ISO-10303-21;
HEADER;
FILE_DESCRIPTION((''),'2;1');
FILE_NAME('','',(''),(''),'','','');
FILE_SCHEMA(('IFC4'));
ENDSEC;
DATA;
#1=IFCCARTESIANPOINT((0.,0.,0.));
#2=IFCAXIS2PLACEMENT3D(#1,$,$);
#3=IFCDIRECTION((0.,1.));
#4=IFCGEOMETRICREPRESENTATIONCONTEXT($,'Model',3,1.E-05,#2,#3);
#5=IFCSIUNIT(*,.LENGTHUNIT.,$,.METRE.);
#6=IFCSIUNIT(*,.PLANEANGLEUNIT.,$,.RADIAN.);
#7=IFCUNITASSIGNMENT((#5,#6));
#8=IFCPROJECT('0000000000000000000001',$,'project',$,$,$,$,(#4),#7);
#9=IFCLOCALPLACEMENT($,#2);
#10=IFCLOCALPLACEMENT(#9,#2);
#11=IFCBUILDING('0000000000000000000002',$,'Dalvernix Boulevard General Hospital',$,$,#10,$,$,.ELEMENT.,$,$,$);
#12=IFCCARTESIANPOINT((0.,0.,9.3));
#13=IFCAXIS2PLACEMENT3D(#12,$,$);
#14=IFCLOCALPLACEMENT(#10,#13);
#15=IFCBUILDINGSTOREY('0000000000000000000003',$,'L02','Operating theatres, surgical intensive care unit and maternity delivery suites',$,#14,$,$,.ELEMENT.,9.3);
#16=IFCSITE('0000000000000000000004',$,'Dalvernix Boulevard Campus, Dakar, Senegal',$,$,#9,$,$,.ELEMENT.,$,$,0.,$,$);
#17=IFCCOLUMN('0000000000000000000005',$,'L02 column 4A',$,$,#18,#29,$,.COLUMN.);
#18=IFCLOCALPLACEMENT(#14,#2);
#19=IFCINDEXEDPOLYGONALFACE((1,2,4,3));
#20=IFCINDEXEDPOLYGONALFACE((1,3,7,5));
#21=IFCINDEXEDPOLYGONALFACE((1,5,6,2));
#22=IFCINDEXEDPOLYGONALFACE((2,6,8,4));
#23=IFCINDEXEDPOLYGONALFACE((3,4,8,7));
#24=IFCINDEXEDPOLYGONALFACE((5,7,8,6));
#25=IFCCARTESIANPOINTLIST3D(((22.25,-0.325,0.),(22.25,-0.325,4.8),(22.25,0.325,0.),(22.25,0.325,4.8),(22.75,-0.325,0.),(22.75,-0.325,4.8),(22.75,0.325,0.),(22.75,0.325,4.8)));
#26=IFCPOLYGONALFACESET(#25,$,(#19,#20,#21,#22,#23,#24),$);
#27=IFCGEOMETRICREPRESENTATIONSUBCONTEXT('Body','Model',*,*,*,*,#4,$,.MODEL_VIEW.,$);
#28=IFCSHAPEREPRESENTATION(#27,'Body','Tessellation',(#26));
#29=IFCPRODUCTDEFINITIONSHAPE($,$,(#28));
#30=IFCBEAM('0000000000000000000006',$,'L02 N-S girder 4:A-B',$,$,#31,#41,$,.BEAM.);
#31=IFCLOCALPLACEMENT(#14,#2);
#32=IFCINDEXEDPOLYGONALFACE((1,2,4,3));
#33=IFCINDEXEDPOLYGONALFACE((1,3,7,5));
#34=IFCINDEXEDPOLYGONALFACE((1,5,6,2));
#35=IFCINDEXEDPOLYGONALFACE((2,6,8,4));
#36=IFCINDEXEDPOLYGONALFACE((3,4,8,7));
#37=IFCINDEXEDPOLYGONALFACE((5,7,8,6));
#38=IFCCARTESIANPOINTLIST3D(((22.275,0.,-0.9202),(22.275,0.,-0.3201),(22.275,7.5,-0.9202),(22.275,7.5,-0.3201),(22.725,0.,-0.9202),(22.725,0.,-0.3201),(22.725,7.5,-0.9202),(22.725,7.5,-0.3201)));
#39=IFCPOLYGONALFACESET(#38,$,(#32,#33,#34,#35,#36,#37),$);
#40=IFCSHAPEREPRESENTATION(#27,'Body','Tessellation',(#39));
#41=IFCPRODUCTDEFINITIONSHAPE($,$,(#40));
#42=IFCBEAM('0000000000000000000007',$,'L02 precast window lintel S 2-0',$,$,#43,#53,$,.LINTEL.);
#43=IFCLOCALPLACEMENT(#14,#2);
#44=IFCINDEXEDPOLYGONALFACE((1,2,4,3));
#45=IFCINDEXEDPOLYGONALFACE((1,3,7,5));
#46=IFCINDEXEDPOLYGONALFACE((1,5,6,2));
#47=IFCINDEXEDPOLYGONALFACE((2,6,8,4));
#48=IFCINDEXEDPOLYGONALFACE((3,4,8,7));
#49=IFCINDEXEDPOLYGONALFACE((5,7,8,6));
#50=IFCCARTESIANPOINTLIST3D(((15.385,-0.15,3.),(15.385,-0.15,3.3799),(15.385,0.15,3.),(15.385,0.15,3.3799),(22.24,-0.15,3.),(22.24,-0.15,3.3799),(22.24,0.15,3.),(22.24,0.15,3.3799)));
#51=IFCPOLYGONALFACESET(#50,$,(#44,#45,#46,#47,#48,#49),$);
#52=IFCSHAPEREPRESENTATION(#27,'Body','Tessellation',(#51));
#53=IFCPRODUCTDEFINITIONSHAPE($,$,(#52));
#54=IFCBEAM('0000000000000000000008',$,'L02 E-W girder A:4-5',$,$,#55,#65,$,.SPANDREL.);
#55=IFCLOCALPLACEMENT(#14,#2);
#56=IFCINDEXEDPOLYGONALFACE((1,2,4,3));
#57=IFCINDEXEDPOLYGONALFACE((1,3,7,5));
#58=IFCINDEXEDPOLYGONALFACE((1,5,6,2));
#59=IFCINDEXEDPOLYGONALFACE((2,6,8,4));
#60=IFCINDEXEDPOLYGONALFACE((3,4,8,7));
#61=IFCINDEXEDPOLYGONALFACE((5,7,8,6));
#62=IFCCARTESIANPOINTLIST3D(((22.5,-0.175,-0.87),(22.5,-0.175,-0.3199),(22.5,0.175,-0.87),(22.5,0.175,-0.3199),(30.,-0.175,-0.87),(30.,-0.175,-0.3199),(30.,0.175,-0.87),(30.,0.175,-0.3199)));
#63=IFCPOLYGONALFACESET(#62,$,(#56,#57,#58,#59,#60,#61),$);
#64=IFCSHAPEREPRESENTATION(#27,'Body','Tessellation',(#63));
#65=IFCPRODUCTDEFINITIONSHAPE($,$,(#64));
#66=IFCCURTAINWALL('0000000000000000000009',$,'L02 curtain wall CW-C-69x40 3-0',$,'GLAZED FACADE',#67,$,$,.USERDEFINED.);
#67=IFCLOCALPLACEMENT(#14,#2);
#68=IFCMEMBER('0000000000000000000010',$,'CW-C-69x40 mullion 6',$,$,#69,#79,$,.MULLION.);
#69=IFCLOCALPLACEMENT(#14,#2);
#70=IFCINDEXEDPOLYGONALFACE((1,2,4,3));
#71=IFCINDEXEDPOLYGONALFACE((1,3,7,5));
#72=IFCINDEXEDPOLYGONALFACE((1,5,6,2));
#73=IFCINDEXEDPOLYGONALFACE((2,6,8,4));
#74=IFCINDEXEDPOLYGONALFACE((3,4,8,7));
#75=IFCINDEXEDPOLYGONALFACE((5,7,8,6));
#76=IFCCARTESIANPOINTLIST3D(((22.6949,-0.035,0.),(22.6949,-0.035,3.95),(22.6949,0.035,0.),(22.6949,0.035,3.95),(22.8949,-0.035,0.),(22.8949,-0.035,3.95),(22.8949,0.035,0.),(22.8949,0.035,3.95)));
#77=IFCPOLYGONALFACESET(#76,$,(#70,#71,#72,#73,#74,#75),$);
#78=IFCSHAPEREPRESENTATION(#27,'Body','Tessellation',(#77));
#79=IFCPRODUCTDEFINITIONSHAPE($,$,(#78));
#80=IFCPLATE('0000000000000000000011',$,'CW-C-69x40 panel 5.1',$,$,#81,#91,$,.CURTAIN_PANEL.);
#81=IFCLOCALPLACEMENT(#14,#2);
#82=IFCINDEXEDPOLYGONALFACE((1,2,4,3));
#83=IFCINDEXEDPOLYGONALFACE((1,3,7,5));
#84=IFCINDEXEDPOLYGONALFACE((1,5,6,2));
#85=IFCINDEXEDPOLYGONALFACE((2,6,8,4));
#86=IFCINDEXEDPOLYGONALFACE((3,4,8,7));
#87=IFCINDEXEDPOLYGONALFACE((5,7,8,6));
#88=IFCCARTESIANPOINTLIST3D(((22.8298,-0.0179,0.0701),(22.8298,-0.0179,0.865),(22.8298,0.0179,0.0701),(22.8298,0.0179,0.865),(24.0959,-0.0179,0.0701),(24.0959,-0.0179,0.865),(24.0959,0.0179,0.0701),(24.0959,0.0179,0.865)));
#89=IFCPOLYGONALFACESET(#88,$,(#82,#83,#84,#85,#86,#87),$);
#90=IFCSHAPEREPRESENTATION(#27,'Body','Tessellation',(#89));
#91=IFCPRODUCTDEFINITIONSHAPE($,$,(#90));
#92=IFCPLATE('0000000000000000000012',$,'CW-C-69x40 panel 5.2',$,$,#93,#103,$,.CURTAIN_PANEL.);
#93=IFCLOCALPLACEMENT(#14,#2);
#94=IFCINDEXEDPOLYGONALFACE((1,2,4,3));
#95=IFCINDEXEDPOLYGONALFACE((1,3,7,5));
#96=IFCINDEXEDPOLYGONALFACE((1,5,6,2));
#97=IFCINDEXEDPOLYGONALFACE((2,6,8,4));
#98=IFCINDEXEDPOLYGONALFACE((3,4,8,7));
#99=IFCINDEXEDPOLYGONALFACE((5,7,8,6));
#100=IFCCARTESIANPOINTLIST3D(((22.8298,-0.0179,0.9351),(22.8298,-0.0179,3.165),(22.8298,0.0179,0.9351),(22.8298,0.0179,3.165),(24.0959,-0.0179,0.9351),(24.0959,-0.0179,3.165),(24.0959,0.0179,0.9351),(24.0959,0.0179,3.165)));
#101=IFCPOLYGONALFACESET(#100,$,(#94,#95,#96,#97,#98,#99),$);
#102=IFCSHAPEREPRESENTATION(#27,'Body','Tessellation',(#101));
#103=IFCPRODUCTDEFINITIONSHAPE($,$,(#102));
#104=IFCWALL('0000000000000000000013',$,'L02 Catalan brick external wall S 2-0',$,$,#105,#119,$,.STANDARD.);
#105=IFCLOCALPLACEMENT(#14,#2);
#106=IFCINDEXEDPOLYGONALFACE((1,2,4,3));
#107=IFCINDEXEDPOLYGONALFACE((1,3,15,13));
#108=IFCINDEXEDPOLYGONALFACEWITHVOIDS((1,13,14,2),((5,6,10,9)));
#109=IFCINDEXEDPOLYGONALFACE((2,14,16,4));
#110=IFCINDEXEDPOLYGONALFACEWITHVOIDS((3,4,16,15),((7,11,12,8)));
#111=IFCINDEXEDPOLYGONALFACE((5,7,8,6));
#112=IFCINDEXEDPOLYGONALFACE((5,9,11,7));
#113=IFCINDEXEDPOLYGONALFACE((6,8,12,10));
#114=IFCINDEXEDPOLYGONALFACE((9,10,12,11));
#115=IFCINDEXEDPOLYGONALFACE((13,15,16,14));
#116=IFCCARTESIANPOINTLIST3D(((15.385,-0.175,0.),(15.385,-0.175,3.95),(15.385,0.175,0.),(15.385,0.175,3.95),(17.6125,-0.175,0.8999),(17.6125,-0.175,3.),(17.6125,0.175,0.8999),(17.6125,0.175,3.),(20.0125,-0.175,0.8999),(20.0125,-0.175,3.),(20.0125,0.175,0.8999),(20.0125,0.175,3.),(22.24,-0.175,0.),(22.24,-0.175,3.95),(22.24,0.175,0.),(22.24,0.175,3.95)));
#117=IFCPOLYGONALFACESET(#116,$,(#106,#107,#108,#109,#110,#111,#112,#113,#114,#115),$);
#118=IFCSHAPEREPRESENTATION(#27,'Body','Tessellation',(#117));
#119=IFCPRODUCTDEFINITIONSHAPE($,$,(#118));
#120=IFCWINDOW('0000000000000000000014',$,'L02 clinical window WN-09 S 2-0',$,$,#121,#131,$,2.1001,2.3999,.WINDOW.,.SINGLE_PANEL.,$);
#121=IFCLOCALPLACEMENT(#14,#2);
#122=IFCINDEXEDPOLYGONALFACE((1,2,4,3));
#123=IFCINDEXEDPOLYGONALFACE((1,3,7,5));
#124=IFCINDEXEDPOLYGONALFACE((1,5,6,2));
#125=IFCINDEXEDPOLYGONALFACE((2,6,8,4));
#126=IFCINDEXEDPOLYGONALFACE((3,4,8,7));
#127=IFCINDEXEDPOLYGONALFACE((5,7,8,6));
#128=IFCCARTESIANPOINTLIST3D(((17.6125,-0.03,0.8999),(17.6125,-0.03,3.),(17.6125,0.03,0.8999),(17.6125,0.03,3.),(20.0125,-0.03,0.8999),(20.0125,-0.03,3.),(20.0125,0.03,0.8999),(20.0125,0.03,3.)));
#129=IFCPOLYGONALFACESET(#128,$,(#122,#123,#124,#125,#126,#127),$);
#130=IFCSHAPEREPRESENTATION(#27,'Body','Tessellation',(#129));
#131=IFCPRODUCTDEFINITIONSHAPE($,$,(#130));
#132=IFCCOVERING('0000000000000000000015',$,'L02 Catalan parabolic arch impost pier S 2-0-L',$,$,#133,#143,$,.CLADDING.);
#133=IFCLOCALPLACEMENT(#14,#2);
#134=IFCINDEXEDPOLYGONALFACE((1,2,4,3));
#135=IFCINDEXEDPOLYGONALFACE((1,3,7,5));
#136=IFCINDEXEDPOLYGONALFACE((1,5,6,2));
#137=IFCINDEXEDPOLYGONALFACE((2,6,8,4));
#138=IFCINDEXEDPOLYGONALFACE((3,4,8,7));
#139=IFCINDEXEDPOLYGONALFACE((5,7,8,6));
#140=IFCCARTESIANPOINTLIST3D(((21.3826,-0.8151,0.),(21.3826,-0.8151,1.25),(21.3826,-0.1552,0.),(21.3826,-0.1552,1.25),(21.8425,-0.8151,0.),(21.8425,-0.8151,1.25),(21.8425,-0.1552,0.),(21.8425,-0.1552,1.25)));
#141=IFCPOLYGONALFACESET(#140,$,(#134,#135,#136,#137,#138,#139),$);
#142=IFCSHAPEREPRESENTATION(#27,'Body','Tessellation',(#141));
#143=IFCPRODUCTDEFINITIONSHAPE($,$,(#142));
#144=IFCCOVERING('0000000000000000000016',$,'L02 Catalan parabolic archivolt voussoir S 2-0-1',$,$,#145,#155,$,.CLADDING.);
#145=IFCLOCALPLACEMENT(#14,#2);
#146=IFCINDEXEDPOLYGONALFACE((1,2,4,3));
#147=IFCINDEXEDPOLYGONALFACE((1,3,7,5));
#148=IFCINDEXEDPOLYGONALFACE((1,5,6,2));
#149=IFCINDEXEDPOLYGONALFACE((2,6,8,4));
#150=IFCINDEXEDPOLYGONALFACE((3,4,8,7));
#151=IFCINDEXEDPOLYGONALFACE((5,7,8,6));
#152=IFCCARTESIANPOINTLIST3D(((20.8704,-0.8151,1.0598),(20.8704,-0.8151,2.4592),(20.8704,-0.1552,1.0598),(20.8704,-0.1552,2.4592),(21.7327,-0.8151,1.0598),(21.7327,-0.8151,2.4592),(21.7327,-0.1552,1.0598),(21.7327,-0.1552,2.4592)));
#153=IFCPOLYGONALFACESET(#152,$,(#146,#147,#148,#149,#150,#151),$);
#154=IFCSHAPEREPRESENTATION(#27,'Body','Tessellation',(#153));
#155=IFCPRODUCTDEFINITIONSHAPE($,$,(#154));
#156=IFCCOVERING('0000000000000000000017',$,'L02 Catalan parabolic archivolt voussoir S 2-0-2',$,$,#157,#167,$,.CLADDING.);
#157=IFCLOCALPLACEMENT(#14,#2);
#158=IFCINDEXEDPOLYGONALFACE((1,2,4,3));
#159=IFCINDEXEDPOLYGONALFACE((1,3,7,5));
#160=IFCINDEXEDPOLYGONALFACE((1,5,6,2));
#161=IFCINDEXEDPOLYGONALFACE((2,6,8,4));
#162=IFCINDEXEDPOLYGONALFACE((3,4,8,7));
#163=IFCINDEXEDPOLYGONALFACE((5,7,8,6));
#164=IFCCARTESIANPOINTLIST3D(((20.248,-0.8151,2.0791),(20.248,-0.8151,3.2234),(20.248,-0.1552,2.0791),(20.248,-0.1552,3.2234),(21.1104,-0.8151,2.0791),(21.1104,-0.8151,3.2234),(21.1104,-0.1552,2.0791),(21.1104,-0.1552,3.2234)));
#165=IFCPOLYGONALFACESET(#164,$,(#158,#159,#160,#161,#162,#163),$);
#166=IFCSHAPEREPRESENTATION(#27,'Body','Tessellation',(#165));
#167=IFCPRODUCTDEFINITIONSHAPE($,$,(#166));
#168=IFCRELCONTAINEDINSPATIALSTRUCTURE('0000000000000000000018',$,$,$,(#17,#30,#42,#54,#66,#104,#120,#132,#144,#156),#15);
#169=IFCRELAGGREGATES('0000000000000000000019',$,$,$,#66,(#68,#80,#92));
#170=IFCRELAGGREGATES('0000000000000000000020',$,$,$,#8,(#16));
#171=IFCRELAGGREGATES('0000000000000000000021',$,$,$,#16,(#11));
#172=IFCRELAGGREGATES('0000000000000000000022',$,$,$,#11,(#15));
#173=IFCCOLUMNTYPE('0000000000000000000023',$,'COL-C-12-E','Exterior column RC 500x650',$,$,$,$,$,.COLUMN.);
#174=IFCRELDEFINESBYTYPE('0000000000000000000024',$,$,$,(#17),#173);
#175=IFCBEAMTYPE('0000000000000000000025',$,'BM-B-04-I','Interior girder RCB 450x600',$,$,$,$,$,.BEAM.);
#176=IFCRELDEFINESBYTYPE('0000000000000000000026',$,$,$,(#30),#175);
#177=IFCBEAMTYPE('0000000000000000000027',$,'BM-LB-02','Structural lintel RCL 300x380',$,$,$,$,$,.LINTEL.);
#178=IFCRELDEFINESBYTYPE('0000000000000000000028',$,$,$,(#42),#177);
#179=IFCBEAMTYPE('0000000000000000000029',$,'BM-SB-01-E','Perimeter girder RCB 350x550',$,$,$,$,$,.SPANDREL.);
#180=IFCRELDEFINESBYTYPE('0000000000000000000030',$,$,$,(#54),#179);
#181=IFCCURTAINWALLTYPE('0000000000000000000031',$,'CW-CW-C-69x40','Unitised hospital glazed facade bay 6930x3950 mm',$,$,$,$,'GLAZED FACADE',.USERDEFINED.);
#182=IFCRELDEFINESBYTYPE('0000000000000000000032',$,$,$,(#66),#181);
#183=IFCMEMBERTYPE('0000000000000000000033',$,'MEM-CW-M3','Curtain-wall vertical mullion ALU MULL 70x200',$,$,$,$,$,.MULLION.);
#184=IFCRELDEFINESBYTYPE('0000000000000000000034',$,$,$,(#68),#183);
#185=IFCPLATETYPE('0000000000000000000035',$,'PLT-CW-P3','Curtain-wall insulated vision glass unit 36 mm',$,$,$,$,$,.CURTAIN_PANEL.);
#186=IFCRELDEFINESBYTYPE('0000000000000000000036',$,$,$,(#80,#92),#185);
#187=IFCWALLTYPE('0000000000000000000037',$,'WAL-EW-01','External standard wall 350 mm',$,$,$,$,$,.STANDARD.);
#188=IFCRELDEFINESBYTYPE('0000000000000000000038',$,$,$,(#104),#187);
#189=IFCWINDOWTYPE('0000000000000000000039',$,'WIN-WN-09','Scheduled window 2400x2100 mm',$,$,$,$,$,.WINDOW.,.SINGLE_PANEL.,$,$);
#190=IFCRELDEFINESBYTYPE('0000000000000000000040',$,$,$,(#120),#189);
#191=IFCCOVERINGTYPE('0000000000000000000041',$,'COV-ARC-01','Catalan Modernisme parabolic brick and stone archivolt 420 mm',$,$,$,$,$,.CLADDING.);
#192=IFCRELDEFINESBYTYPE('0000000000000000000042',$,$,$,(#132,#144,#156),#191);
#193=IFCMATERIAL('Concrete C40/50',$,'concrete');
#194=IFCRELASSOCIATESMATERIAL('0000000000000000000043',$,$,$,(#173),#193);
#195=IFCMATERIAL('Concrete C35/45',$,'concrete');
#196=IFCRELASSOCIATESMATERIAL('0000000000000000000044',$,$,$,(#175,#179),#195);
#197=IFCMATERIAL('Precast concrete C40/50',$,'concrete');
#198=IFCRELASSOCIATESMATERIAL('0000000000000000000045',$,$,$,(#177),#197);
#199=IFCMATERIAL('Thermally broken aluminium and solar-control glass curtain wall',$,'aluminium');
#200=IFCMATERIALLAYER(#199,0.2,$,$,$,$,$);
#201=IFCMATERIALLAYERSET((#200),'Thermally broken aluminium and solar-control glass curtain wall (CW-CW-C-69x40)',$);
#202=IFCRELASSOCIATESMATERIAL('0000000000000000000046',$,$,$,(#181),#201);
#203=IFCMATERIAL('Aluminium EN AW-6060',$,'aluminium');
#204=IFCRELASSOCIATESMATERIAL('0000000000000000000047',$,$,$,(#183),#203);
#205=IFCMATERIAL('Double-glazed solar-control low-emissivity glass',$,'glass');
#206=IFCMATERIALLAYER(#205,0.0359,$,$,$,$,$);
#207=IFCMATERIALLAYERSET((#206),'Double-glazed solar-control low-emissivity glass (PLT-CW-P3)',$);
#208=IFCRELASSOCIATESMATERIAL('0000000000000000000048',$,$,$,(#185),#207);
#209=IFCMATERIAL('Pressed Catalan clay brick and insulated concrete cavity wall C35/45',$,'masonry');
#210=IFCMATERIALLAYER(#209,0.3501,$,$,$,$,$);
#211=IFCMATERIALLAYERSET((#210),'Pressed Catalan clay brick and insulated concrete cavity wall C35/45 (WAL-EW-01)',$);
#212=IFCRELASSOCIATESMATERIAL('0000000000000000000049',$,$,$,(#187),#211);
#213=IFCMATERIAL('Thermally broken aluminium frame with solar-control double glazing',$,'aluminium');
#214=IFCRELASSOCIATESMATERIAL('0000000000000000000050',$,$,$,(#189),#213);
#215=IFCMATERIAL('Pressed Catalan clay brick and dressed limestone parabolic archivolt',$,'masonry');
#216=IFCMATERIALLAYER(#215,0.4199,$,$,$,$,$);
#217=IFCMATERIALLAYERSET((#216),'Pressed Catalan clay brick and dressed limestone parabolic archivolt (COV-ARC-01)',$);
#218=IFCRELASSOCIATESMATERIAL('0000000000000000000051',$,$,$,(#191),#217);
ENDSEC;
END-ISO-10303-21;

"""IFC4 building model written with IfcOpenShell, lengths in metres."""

from ifc_helpers import new_model, si_unit, direction, frame, frame_2d, origin, origin_2d, place, context, subcontext, project, spatial, rectangle, extrude, material, layer, layer_set, material_profile, profile_set, type_object, element, fill, aggregate, save


model = new_model("IFC4")

# Units and contexts
model_context = context("Model", 3, precision=1e-05, world=origin(), true_north=direction((0.0, 1.0)))
body_context = subcontext(model_context, "Body", "Model", "MODEL_VIEW")
ifc_project = project(units=[si_unit("LENGTHUNIT", "METRE"), si_unit("PLANEANGLEUNIT", "RADIAN")], contexts=[model_context])

# Site, building, storey
site_placement = place(None, origin())
site = spatial("IfcSite", under=ifc_project, at=site_placement, Name="Dalvernix Boulevard Campus, Dakar, Senegal", CompositionType="ELEMENT", RefElevation=0.0)
building_placement = place(site_placement, origin())
building = spatial("IfcBuilding", under=site, at=building_placement, Name="Dalvernix Boulevard General Hospital", CompositionType="ELEMENT")
storey_placement = place(building_placement, frame((0.0, 0.0, 9.3)))
storey = spatial("IfcBuildingStorey", under=building, at=storey_placement, Name="L02", Description="Operating theatres, surgical intensive care unit and maternity delivery suites", CompositionType="ELEMENT", Elevation=9.3)

# Column
ifc_material_1 = material(Name="Concrete C40/50", Category="concrete")
ifc_material_profile_1 = material_profile(ifc_material_1, rectangle(XDim=0.5, YDim=0.6499, at=origin_2d()), Name="RC 500x650")
ifc_profile_set_1 = profile_set([ifc_material_profile_1], Name="Concrete C40/50")
column_type = type_object("IfcColumnType", Name="COL-C-12-E", Description="Exterior column RC 500x650", PredefinedType="COLUMN", material=ifc_profile_set_1)
column_placement = place(storey_placement, frame((22.5, 0.0, 0.0), z_axis=(0.0, 0.0, 1.0), x_axis=(1.0, 0.0, 0.0)))
element("IfcColumn", 1, at=column_placement, inside=storey, type_object=column_type, Name="L02 column 4A", PredefinedType="COLUMN", context=body_context, shape_type="SweptSolid", body=[
    extrude(rectangle(XDim=0.5, YDim=0.6499, at=origin_2d()), origin(), (0.0, 0.0, 1.0), 4.8),
])

# Beams
ifc_material_2 = material(Name="Concrete C35/45", Category="concrete")
ifc_material_profile_2 = material_profile(ifc_material_2, rectangle(XDim=0.45, YDim=0.6001, at=origin_2d()), Name="RCB 450x600")
ifc_profile_set_2 = profile_set([ifc_material_profile_2], Name="Concrete C35/45")
beam_type_1 = type_object("IfcBeamType", Name="BM-B-04-I", Description="Interior girder RCB 450x600", PredefinedType="BEAM", material=ifc_profile_set_2)
beam_1_placement = place(storey_placement, frame((22.5, 0.0, -0.6201), z_axis=(0.0, 1.0, 0.0), x_axis=(-1.0, 0.0, 0.0)))
element("IfcBeam", 2, at=beam_1_placement, inside=storey, type_object=beam_type_1, Name="L02 N-S girder 4:A-B", PredefinedType="BEAM", context=body_context, shape_type="SweptSolid", body=[
    extrude(rectangle(XDim=0.45, YDim=0.6001, at=origin_2d()), origin(), (0.0, 0.0, 1.0), 7.5),
])
ifc_material_3 = material(Name="Precast concrete C40/50", Category="concrete")
ifc_material_profile_3 = material_profile(ifc_material_3, rectangle(XDim=0.3, YDim=0.3799, at=origin_2d()), Name="RCL 300x380")
ifc_profile_set_3 = profile_set([ifc_material_profile_3], Name="Precast concrete C40/50")
beam_type_2 = type_object("IfcBeamType", Name="BM-LB-02", Description="Structural lintel RCL 300x380", PredefinedType="LINTEL", material=ifc_profile_set_3)
beam_2_placement = place(storey_placement, frame((22.24, 0.0, 3.1899), z_axis=(-1.0, 0.0, 0.0), x_axis=(0.0, -1.0, 0.0)))
element("IfcBeam", 3, at=beam_2_placement, inside=storey, type_object=beam_type_2, Name="L02 precast window lintel S 2-0", PredefinedType="LINTEL", context=body_context, shape_type="SweptSolid", body=[
    extrude(rectangle(XDim=0.3, YDim=0.3799, at=origin_2d()), origin(), (0.0, 0.0, 1.0), 6.855),
])
ifc_material_profile_4 = material_profile(ifc_material_2, rectangle(XDim=0.3501, YDim=0.55, at=origin_2d()), Name="RCB 350x550")
ifc_profile_set_4 = profile_set([ifc_material_profile_4], Name="Concrete C35/45")
beam_type_3 = type_object("IfcBeamType", Name="BM-SB-01-E", Description="Perimeter girder RCB 350x550", PredefinedType="SPANDREL", material=ifc_profile_set_4)
beam_3_placement = place(storey_placement, frame((22.5, 0.0, -0.595), z_axis=(1.0, 0.0, 0.0), x_axis=(0.0, 1.0, 0.0)))
element("IfcBeam", 4, at=beam_3_placement, inside=storey, type_object=beam_type_3, Name="L02 E-W girder A:4-5", PredefinedType="SPANDREL", context=body_context, shape_type="SweptSolid", body=[
    extrude(rectangle(XDim=0.3501, YDim=0.55, at=origin_2d()), origin(), (0.0, 0.0, 1.0), 7.5),
])

# Curtain wall, member, plates
ifc_material_4 = material(Name="Thermally broken aluminium and solar-control glass curtain wall", Category="aluminium")
ifc_layer_1 = layer(ifc_material_4, 0.2)
ifc_layer_set_1 = layer_set([ifc_layer_1], Name="Thermally broken aluminium and solar-control glass curtain wall (CW-CW-C-69x40)")
curtain_wall_type = type_object("IfcCurtainWallType", Name="CW-CW-C-69x40", Description="Unitised hospital glazed facade bay 6930x3950 mm", ElementType="GLAZED FACADE", PredefinedType="USERDEFINED", material=ifc_layer_set_1)
curtain_wall_placement = place(storey_placement, origin())
curtain_wall = element("IfcCurtainWall", 5, at=curtain_wall_placement, inside=storey, type_object=curtain_wall_type, Name="L02 curtain wall CW-C-69x40 3-0", ObjectType="GLAZED FACADE", PredefinedType="USERDEFINED")
ifc_material_5 = material(Name="Aluminium EN AW-6060", Category="aluminium")
ifc_material_profile_5 = material_profile(ifc_material_5, rectangle(XDim=0.0701, YDim=0.2, at=origin_2d()), Name="ALU MULL 70x200")
ifc_profile_set_5 = profile_set([ifc_material_profile_5], Name="Aluminium EN AW-6060")
member_type = type_object("IfcMemberType", Name="MEM-CW-M3", Description="Curtain-wall vertical mullion ALU MULL 70x200", PredefinedType="MULLION", material=ifc_profile_set_5)
member_placement = place(storey_placement, frame((22.7949, 0.0, 0.0), z_axis=(0.0, 0.0, 1.0), x_axis=(0.0, -1.0, 0.0)))
member = element("IfcMember", 6, at=member_placement, type_object=member_type, Name="CW-C-69x40 mullion 6", PredefinedType="MULLION", context=body_context, shape_type="SweptSolid", body=[
    extrude(rectangle(XDim=0.0701, YDim=0.2, at=origin_2d()), origin(), (0.0, 0.0, 1.0), 3.95),
])
ifc_material_6 = material(Name="Double-glazed solar-control low-emissivity glass", Category="glass")
ifc_layer_2 = layer(ifc_material_6, 0.0359)
ifc_layer_set_2 = layer_set([ifc_layer_2], Name="Double-glazed solar-control low-emissivity glass (PLT-CW-P3)")
plate_type = type_object("IfcPlateType", Name="PLT-CW-P3", Description="Curtain-wall insulated vision glass unit 36 mm", PredefinedType="CURTAIN_PANEL", material=ifc_layer_set_2)
plate_1_placement = place(storey_placement, frame((23.4629, 0.0, 0.0701), z_axis=(0.0, 0.0, 1.0), x_axis=(-1.0, 0.0, 0.0)))
plate_1 = element("IfcPlate", 7, at=plate_1_placement, type_object=plate_type, Name="CW-C-69x40 panel 5.1", PredefinedType="CURTAIN_PANEL", context=body_context, shape_type="SweptSolid", body=[
    extrude(rectangle(XDim=1.2661, YDim=0.0359, at=origin_2d()), origin(), (0.0, 0.0, 1.0), 0.7949),
])
plate_2_placement = place(storey_placement, frame((23.4629, 0.0, 0.9351), z_axis=(0.0, 0.0, 1.0), x_axis=(-1.0, 0.0, 0.0)))
plate_2 = element("IfcPlate", 8, at=plate_2_placement, type_object=plate_type, Name="CW-C-69x40 panel 5.2", PredefinedType="CURTAIN_PANEL", context=body_context, shape_type="SweptSolid", body=[
    extrude(rectangle(XDim=1.2661, YDim=0.0359, at=origin_2d()), origin(), (0.0, 0.0, 1.0), 2.23),
])
aggregate(curtain_wall, [member, plate_1, plate_2])

# Wall, opening, window
ifc_material_7 = material(Name="Pressed Catalan clay brick and insulated concrete cavity wall C35/45", Category="masonry")
ifc_layer_3 = layer(ifc_material_7, 0.3501)
ifc_layer_set_3 = layer_set([ifc_layer_3], Name="Pressed Catalan clay brick and insulated concrete cavity wall C35/45 (WAL-EW-01)")
wall_type = type_object("IfcWallType", Name="WAL-EW-01", Description="External standard wall 350 mm", PredefinedType="STANDARD", material=ifc_layer_set_3)
wall_placement = place(storey_placement, frame((22.24, 0.0, 0.0), z_axis=(0.0, 0.0, 1.0), x_axis=(-1.0, 0.0, 0.0)))
wall = element("IfcWall", 9, at=wall_placement, inside=storey, type_object=wall_type, Name="L02 Catalan brick external wall S 2-0", PredefinedType="STANDARD", context=body_context, shape_type="SweptSolid", body=[
    extrude(rectangle(XDim=6.855, YDim=0.3501, at=frame_2d((3.4275, 0.0))), origin(), (0.0, 0.0, 1.0), 3.95),
])
opening_placement = place(wall_placement, frame((2.2275, 0.0, 0.8999)))
opening = element("IfcOpeningElement", 10, at=opening_placement, cuts=wall, PredefinedType="OPENING", context=body_context, shape_type="SweptSolid", body=[
    extrude(rectangle(XDim=2.3999, YDim=2.1001, at=frame_2d((1.2, 1.05))), frame((0.0, 0.1851, 0.0), z_axis=(0.0, -1.0, 0.0), x_axis=(1.0, 0.0, 0.0)), (0.0, 0.0, 1.0), 0.3701),
])
ifc_material_8 = material(Name="Thermally broken aluminium frame with solar-control double glazing", Category="aluminium")
window_type = type_object("IfcWindowType", Name="WIN-WN-09", Description="Scheduled window 2400x2100 mm", PartitioningType="SINGLE_PANEL", PredefinedType="WINDOW", material=ifc_material_8)
window_placement = place(opening_placement, origin())
window = element("IfcWindow", 11, at=window_placement, inside=storey, type_object=window_type, Name="L02 clinical window WN-09 S 2-0", OverallHeight=2.1001, OverallWidth=2.3999, PartitioningType="SINGLE_PANEL", PredefinedType="WINDOW", context=body_context, shape_type="SweptSolid", body=[
    extrude(rectangle(XDim=2.3999, YDim=2.1001, at=frame_2d((1.2, 1.05))), frame((0.0, 0.03, 0.0), z_axis=(0.0, -1.0, 0.0), x_axis=(1.0, 0.0, 0.0)), (0.0, 0.0, 1.0), 0.0601),
])
fill(opening, window)

# Coverings
ifc_material_9 = material(Name="Pressed Catalan clay brick and dressed limestone parabolic archivolt", Category="masonry")
ifc_layer_4 = layer(ifc_material_9, 0.4199)
ifc_layer_set_4 = layer_set([ifc_layer_4], Name="Pressed Catalan clay brick and dressed limestone parabolic archivolt (COV-ARC-01)")
covering_type_1 = type_object("IfcCoveringType", Name="COV-ARC-01", Description="Catalan Modernisme parabolic brick and stone archivolt 420 mm", PredefinedType="CLADDING", material=ifc_layer_set_4)
covering_1_placement = place(storey_placement, frame((21.6125, -0.4851, 0.0), z_axis=(0.0, 0.0, 1.0), x_axis=(-1.0, 0.0, 0.0)))
element("IfcCovering", 12, at=covering_1_placement, inside=storey, type_object=covering_type_1, Name="L02 Catalan parabolic arch impost pier S 2-0-L", PredefinedType="CLADDING", context=body_context, shape_type="SweptSolid", body=[
    extrude(rectangle(XDim=0.46, YDim=0.6599, at=origin_2d()), origin(), (0.0, 0.0, 1.0), 1.25),
])
covering_2_placement = place(storey_placement, frame((21.3015, -0.4851, 1.0598), z_axis=(0.0, 0.0, 1.0), x_axis=(-1.0, 0.0, 0.0)))
element("IfcCovering", 13, at=covering_2_placement, inside=storey, type_object=covering_type_1, Name="L02 Catalan parabolic archivolt voussoir S 2-0-1", PredefinedType="CLADDING", context=body_context, shape_type="SweptSolid", body=[
    extrude(rectangle(XDim=0.8623, YDim=0.6599, at=origin_2d()), origin(), (0.0, 0.0, 1.0), 1.3994),
])
covering_3_placement = place(storey_placement, frame((20.6792, -0.4851, 2.0791), z_axis=(0.0, 0.0, 1.0), x_axis=(-1.0, 0.0, 0.0)))
element("IfcCovering", 14, at=covering_3_placement, inside=storey, type_object=covering_type_1, Name="L02 Catalan parabolic archivolt voussoir S 2-0-2", PredefinedType="CLADDING", context=body_context, shape_type="SweptSolid", body=[
    extrude(rectangle(XDim=0.8623, YDim=0.6599, at=origin_2d()), origin(), (0.0, 0.0, 1.0), 1.1443),
])

save(model, "model.ifc")
